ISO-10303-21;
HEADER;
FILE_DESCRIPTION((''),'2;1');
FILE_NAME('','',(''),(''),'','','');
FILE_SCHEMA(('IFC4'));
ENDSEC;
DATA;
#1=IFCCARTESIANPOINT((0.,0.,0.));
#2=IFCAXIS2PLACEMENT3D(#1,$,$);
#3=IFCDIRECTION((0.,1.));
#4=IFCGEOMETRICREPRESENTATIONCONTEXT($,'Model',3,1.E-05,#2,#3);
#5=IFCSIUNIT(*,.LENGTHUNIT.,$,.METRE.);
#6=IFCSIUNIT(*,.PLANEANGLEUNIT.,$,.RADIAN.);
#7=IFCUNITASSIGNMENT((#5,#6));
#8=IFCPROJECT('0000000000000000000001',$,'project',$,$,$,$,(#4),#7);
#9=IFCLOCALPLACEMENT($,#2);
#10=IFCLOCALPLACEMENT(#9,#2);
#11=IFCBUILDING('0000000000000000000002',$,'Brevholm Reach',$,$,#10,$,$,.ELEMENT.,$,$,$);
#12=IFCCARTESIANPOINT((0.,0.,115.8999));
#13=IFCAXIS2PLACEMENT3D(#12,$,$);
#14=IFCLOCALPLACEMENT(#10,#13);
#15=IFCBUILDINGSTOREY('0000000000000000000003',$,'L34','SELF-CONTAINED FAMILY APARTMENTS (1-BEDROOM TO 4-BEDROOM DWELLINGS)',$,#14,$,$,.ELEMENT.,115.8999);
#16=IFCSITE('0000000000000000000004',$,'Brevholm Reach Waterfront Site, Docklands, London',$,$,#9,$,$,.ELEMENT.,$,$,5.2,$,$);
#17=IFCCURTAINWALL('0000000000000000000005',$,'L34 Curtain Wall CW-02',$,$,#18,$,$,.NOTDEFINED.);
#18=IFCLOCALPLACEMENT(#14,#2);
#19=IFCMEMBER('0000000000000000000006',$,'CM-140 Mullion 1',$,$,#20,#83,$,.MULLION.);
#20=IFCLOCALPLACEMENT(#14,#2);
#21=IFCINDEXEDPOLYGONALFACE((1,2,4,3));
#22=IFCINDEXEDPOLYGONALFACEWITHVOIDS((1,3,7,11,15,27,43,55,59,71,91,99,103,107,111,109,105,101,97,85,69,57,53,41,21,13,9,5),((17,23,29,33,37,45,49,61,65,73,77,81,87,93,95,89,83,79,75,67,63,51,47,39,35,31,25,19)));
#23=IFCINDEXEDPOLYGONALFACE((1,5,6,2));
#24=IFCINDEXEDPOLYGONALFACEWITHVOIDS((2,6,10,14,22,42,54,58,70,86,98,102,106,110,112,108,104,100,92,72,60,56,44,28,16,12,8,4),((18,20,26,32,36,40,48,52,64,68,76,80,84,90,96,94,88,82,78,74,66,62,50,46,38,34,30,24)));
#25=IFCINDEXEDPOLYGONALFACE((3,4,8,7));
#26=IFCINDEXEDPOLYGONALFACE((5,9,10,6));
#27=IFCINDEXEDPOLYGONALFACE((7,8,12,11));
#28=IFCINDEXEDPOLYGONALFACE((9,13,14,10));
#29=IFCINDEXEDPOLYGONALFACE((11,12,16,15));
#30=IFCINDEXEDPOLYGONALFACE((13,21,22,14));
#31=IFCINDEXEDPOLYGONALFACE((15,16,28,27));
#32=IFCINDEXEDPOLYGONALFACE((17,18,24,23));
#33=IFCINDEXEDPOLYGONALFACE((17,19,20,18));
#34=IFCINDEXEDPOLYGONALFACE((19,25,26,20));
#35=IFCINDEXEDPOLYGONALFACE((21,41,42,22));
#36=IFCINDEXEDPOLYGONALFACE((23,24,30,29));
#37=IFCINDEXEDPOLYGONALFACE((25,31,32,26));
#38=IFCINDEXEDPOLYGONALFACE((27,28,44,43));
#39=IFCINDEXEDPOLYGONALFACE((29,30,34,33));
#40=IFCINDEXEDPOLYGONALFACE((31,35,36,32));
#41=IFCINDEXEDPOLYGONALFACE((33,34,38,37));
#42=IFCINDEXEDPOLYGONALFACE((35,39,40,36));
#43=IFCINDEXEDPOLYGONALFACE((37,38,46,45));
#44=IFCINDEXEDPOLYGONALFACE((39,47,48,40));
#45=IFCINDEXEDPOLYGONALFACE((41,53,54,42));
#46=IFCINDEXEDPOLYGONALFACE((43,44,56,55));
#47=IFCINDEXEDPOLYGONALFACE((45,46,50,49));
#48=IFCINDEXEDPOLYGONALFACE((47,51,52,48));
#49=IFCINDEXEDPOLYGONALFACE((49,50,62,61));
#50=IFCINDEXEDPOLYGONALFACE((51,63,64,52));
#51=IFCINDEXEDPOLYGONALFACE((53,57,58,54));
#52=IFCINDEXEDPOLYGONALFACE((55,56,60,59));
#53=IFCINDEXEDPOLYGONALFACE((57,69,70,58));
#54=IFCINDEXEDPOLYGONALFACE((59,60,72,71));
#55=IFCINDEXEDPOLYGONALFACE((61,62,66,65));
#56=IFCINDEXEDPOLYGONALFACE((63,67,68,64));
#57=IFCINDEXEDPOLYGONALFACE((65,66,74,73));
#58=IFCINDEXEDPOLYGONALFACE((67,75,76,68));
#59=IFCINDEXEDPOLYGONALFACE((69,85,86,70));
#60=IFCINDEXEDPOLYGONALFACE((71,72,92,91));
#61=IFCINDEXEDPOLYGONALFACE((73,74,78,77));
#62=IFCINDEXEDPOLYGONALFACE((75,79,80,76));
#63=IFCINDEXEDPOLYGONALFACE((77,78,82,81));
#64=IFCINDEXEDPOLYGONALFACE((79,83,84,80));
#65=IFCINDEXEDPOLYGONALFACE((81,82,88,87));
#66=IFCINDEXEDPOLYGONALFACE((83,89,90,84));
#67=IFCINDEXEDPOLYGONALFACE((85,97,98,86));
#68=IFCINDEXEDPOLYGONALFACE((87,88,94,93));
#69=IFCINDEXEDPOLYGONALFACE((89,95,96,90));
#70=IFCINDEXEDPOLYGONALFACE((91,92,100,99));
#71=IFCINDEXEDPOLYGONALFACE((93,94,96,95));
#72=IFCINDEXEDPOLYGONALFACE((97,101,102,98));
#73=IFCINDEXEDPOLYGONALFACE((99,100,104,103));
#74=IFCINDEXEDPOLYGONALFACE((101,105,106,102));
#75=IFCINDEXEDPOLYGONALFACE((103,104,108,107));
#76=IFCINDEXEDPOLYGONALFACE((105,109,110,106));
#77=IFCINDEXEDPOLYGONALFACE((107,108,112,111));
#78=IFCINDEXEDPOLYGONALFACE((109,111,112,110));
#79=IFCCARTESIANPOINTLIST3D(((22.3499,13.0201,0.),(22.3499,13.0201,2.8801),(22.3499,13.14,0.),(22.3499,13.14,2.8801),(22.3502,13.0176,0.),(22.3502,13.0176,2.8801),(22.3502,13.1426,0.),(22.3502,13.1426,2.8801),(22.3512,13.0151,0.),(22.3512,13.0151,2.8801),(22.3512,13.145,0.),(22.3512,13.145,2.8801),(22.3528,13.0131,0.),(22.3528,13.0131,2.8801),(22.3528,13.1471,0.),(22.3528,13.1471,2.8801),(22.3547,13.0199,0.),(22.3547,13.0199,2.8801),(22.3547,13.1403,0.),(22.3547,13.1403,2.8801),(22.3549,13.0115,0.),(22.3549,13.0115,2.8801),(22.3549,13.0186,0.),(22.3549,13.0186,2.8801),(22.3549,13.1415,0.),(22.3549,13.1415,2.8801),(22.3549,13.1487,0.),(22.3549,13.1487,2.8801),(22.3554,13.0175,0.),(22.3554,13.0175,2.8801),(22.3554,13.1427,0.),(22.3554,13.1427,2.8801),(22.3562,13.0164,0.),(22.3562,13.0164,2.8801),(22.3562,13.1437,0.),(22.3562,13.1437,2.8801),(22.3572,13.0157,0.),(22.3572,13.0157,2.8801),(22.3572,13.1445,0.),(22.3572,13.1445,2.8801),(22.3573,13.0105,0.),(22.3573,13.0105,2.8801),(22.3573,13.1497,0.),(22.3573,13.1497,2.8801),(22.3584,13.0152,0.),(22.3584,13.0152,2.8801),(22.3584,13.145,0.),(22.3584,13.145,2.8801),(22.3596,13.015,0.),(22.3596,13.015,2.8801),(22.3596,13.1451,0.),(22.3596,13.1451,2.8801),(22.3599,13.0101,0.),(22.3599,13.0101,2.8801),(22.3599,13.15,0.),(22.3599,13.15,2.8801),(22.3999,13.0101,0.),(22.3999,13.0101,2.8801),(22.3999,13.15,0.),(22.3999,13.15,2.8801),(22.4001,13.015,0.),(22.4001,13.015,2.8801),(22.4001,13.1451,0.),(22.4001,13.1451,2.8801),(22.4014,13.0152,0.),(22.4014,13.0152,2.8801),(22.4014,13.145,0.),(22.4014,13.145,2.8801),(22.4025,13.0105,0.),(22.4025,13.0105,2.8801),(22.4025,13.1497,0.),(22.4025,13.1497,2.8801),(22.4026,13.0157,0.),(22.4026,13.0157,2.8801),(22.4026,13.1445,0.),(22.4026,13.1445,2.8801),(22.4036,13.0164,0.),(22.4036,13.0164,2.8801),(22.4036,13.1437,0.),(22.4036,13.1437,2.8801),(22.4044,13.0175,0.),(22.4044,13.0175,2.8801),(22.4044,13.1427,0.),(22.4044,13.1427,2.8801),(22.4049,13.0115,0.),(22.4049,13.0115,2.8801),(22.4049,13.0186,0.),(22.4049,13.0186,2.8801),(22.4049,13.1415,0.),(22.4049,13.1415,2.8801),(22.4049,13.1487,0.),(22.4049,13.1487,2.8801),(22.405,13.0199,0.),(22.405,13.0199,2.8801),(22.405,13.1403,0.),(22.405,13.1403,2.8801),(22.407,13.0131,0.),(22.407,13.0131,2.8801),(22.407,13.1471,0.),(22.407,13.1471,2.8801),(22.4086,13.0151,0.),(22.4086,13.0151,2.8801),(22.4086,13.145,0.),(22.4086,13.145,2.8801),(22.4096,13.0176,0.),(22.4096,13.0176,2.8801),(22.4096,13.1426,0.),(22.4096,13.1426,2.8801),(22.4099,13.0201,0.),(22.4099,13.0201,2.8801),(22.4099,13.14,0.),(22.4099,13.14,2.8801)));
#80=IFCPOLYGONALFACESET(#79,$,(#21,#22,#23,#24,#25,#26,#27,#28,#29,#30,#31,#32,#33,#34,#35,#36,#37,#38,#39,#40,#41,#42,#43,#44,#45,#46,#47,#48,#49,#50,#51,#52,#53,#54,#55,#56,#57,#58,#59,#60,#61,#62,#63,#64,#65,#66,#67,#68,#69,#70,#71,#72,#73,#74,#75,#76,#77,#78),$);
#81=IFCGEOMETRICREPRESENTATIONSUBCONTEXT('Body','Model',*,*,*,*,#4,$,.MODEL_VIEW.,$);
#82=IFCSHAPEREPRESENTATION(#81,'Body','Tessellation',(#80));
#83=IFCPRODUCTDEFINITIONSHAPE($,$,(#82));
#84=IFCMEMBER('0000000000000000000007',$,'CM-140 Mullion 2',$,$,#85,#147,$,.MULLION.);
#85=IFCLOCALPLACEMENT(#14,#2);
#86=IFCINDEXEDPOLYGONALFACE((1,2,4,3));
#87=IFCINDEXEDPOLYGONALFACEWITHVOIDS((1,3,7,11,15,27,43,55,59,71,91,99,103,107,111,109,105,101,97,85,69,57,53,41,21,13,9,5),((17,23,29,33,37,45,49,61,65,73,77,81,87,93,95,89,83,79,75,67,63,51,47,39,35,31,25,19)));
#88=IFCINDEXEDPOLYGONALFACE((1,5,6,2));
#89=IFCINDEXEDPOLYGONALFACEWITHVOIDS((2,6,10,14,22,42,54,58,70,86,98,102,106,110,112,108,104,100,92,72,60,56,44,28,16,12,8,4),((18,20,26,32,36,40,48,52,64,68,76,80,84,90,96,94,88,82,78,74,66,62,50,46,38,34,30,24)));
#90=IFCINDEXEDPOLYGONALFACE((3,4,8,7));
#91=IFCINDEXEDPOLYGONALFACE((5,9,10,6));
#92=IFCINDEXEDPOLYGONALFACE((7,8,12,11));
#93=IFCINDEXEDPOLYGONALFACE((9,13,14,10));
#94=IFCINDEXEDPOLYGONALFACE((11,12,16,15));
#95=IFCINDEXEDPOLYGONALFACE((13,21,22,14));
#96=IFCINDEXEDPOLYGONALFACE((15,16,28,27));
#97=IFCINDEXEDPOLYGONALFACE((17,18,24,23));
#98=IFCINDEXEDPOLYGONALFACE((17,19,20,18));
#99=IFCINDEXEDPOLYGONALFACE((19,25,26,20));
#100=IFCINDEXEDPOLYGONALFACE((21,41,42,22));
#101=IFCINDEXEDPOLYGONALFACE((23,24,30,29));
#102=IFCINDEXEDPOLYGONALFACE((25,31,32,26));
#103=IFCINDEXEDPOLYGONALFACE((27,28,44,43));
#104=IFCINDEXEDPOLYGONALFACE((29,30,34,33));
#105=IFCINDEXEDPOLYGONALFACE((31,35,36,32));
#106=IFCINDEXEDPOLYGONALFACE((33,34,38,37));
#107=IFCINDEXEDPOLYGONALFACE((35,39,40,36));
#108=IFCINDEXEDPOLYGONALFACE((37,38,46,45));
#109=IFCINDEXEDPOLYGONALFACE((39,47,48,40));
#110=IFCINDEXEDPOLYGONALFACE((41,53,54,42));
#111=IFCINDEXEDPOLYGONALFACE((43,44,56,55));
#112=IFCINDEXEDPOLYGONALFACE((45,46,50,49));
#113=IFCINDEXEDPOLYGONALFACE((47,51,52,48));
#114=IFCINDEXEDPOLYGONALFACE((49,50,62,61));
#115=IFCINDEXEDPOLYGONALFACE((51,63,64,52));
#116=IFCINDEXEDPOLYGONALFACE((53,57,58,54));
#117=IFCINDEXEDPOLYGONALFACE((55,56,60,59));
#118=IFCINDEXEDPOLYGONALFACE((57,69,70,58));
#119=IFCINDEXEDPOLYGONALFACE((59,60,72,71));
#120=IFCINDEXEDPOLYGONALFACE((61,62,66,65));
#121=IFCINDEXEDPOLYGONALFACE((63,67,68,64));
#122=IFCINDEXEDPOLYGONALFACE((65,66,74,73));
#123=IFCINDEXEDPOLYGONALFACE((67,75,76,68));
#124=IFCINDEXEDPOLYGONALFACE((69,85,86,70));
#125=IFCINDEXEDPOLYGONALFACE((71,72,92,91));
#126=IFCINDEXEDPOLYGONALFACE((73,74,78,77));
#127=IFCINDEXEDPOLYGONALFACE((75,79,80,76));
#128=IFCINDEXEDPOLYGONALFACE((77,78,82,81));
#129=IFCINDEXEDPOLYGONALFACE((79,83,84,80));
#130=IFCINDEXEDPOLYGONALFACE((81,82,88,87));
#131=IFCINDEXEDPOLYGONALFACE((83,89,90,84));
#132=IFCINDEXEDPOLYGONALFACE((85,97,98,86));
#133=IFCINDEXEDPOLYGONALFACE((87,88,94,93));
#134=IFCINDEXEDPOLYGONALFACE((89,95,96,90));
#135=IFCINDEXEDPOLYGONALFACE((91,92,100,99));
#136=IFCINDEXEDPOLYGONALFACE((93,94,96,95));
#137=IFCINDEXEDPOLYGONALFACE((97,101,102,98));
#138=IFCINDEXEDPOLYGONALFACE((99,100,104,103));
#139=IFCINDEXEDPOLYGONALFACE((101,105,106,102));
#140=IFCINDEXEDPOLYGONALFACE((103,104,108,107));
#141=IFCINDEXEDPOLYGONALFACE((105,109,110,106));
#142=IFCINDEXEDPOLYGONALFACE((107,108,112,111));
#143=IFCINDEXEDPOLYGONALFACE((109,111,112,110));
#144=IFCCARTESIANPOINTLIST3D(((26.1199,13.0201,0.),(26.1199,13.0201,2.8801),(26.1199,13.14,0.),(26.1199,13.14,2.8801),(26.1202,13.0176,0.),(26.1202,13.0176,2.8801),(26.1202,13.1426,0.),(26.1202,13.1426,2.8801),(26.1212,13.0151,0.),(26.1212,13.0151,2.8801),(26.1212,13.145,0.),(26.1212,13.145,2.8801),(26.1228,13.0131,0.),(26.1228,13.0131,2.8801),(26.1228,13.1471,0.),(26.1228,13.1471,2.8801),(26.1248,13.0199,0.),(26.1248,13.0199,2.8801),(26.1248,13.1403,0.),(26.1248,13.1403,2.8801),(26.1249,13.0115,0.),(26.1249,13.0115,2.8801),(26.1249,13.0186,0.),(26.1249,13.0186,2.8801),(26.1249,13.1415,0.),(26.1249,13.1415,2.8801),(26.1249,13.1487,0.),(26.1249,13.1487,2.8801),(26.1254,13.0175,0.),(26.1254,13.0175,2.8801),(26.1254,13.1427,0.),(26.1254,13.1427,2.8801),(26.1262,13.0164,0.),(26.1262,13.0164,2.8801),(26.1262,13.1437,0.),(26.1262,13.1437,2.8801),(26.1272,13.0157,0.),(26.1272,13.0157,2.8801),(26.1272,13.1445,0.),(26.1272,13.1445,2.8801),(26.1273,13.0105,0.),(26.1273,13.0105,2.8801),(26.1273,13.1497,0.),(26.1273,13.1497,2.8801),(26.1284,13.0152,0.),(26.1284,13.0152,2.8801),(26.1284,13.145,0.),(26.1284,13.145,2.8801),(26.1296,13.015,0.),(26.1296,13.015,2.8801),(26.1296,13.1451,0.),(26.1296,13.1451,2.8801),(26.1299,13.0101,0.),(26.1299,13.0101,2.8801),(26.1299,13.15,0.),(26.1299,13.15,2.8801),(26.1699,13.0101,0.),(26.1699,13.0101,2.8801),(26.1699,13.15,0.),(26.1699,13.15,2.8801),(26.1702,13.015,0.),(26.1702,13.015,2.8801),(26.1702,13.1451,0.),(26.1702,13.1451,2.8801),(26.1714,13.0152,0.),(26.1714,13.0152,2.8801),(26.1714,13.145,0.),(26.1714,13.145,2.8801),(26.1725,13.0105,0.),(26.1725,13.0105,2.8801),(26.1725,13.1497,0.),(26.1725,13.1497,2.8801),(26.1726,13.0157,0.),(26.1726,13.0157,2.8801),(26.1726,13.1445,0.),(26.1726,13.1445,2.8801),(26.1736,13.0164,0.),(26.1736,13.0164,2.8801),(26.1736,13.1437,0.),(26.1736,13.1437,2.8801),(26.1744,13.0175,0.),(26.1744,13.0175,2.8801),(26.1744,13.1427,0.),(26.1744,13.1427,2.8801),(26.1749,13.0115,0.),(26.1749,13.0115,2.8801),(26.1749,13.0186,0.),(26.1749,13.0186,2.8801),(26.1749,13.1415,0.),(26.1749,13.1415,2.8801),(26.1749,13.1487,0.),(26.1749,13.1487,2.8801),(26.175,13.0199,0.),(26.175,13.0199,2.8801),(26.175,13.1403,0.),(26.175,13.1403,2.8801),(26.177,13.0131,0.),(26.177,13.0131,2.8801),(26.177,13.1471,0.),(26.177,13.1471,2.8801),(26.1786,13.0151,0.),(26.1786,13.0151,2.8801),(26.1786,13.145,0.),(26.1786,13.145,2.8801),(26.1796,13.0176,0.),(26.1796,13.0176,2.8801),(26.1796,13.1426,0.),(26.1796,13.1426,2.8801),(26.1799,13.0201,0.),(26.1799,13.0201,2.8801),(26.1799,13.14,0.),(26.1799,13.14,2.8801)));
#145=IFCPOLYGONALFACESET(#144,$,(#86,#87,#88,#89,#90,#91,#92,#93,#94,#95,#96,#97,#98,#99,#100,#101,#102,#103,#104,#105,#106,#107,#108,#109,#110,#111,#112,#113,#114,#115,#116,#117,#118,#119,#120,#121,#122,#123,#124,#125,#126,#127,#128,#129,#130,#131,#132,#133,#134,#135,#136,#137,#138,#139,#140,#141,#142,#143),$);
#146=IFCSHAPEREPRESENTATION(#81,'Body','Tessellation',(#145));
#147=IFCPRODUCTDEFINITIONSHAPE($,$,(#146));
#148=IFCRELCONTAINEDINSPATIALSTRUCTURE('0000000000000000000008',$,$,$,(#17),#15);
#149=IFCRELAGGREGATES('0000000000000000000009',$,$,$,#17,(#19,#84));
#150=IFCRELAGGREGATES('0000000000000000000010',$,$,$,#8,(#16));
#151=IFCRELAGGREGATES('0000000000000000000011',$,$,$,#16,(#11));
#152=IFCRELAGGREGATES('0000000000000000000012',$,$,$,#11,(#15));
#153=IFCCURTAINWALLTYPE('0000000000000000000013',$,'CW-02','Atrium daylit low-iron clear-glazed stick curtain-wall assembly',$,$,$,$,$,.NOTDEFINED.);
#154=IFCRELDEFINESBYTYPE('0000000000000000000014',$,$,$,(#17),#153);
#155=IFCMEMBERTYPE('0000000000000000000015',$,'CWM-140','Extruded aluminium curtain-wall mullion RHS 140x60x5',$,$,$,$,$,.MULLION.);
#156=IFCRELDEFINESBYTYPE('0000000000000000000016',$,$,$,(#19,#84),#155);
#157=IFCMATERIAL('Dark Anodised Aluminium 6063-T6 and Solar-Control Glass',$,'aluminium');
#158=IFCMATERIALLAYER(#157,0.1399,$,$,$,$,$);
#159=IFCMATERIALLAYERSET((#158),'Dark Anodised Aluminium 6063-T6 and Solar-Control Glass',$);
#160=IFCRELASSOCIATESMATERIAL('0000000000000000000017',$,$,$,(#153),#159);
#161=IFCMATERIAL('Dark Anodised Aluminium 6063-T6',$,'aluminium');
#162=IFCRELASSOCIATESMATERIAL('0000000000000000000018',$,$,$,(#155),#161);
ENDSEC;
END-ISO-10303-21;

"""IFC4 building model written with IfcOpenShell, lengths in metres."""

from ifc_helpers import new_model, si_unit, direction, frame, origin, origin_2d, place, context, subcontext, project, spatial, hollow_rectangle, extrude, material, layer, layer_set, material_profile, profile_set, type_object, element, aggregate, save


model = new_model("IFC4")

# Units and contexts
model_context = context("Model", 3, precision=1e-05, world=origin(), true_north=direction((0.0, 1.0)))
body_context = subcontext(model_context, "Body", "Model", "MODEL_VIEW")
ifc_project = project(units=[si_unit("LENGTHUNIT", "METRE"), si_unit("PLANEANGLEUNIT", "RADIAN")], contexts=[model_context])

# Site, building, storey
site_placement = place(None, origin())
site = spatial("IfcSite", under=ifc_project, at=site_placement, Name="Brevholm Reach Waterfront Site, Docklands, London", CompositionType="ELEMENT", RefElevation=5.2)
building_placement = place(site_placement, origin())
building = spatial("IfcBuilding", under=site, at=building_placement, Name="Brevholm Reach", CompositionType="ELEMENT")
storey_placement = place(building_placement, frame((0.0, 0.0, 115.8999)))
storey = spatial("IfcBuildingStorey", under=building, at=storey_placement, Name="L34", Description="SELF-CONTAINED FAMILY APARTMENTS (1-BEDROOM TO 4-BEDROOM DWELLINGS)", CompositionType="ELEMENT", Elevation=115.8999)

# Curtain wall, members
ifc_material_1 = material(Name="Dark Anodised Aluminium 6063-T6 and Solar-Control Glass", Category="aluminium")
ifc_layer_1 = layer(ifc_material_1, 0.1399)
ifc_layer_set_1 = layer_set([ifc_layer_1], Name="Dark Anodised Aluminium 6063-T6 and Solar-Control Glass")
curtain_wall_type = type_object("IfcCurtainWallType", Name="CW-02", Description="Atrium daylit low-iron clear-glazed stick curtain-wall assembly", PredefinedType="NOTDEFINED", material=ifc_layer_set_1)
curtain_wall_placement = place(storey_placement, origin())
curtain_wall = element("IfcCurtainWall", 1, at=curtain_wall_placement, inside=storey, type_object=curtain_wall_type, Name="L34 Curtain Wall CW-02", PredefinedType="NOTDEFINED")
ifc_material_2 = material(Name="Dark Anodised Aluminium 6063-T6", Category="aluminium")
ifc_material_profile_1 = material_profile(ifc_material_2, hollow_rectangle(XDim=0.0601, YDim=0.1399, WallThickness=0.0049, InnerFilletRadius=0.0049, OuterFilletRadius=0.01, at=origin_2d()), Name="RHS 140x60x5")
ifc_profile_set_1 = profile_set([ifc_material_profile_1], Name="Dark Anodised Aluminium 6063-T6")
member_type_1 = type_object("IfcMemberType", Name="CWM-140", Description="Extruded aluminium curtain-wall mullion RHS 140x60x5", PredefinedType="MULLION", material=ifc_profile_set_1)
member_1_placement = place(storey_placement, frame((22.3799, 13.0801, 0.0), z_axis=(0.0, 0.0, 1.0), x_axis=(1.0, 0.0, 0.0)))
member_1 = element("IfcMember", 2, at=member_1_placement, type_object=member_type_1, Name="CM-140 Mullion 1", PredefinedType="MULLION", context=body_context, shape_type="SweptSolid", body=[
    extrude(hollow_rectangle(XDim=0.0601, YDim=0.1399, WallThickness=0.0049, InnerFilletRadius=0.0049, OuterFilletRadius=0.01, at=origin_2d()), origin(), (0.0, 0.0, 1.0), 2.8801),
])
member_2_placement = place(storey_placement, frame((26.1499, 13.0801, 0.0), z_axis=(0.0, 0.0, 1.0), x_axis=(1.0, 0.0, 0.0)))
member_2 = element("IfcMember", 3, at=member_2_placement, type_object=member_type_1, Name="CM-140 Mullion 2", PredefinedType="MULLION", context=body_context, shape_type="SweptSolid", body=[
    extrude(hollow_rectangle(XDim=0.0601, YDim=0.1399, WallThickness=0.0049, InnerFilletRadius=0.0049, OuterFilletRadius=0.01, at=origin_2d()), origin(), (0.0, 0.0, 1.0), 2.8801),
])
aggregate(curtain_wall, [member_1, member_2])

save(model, "model.ifc")
